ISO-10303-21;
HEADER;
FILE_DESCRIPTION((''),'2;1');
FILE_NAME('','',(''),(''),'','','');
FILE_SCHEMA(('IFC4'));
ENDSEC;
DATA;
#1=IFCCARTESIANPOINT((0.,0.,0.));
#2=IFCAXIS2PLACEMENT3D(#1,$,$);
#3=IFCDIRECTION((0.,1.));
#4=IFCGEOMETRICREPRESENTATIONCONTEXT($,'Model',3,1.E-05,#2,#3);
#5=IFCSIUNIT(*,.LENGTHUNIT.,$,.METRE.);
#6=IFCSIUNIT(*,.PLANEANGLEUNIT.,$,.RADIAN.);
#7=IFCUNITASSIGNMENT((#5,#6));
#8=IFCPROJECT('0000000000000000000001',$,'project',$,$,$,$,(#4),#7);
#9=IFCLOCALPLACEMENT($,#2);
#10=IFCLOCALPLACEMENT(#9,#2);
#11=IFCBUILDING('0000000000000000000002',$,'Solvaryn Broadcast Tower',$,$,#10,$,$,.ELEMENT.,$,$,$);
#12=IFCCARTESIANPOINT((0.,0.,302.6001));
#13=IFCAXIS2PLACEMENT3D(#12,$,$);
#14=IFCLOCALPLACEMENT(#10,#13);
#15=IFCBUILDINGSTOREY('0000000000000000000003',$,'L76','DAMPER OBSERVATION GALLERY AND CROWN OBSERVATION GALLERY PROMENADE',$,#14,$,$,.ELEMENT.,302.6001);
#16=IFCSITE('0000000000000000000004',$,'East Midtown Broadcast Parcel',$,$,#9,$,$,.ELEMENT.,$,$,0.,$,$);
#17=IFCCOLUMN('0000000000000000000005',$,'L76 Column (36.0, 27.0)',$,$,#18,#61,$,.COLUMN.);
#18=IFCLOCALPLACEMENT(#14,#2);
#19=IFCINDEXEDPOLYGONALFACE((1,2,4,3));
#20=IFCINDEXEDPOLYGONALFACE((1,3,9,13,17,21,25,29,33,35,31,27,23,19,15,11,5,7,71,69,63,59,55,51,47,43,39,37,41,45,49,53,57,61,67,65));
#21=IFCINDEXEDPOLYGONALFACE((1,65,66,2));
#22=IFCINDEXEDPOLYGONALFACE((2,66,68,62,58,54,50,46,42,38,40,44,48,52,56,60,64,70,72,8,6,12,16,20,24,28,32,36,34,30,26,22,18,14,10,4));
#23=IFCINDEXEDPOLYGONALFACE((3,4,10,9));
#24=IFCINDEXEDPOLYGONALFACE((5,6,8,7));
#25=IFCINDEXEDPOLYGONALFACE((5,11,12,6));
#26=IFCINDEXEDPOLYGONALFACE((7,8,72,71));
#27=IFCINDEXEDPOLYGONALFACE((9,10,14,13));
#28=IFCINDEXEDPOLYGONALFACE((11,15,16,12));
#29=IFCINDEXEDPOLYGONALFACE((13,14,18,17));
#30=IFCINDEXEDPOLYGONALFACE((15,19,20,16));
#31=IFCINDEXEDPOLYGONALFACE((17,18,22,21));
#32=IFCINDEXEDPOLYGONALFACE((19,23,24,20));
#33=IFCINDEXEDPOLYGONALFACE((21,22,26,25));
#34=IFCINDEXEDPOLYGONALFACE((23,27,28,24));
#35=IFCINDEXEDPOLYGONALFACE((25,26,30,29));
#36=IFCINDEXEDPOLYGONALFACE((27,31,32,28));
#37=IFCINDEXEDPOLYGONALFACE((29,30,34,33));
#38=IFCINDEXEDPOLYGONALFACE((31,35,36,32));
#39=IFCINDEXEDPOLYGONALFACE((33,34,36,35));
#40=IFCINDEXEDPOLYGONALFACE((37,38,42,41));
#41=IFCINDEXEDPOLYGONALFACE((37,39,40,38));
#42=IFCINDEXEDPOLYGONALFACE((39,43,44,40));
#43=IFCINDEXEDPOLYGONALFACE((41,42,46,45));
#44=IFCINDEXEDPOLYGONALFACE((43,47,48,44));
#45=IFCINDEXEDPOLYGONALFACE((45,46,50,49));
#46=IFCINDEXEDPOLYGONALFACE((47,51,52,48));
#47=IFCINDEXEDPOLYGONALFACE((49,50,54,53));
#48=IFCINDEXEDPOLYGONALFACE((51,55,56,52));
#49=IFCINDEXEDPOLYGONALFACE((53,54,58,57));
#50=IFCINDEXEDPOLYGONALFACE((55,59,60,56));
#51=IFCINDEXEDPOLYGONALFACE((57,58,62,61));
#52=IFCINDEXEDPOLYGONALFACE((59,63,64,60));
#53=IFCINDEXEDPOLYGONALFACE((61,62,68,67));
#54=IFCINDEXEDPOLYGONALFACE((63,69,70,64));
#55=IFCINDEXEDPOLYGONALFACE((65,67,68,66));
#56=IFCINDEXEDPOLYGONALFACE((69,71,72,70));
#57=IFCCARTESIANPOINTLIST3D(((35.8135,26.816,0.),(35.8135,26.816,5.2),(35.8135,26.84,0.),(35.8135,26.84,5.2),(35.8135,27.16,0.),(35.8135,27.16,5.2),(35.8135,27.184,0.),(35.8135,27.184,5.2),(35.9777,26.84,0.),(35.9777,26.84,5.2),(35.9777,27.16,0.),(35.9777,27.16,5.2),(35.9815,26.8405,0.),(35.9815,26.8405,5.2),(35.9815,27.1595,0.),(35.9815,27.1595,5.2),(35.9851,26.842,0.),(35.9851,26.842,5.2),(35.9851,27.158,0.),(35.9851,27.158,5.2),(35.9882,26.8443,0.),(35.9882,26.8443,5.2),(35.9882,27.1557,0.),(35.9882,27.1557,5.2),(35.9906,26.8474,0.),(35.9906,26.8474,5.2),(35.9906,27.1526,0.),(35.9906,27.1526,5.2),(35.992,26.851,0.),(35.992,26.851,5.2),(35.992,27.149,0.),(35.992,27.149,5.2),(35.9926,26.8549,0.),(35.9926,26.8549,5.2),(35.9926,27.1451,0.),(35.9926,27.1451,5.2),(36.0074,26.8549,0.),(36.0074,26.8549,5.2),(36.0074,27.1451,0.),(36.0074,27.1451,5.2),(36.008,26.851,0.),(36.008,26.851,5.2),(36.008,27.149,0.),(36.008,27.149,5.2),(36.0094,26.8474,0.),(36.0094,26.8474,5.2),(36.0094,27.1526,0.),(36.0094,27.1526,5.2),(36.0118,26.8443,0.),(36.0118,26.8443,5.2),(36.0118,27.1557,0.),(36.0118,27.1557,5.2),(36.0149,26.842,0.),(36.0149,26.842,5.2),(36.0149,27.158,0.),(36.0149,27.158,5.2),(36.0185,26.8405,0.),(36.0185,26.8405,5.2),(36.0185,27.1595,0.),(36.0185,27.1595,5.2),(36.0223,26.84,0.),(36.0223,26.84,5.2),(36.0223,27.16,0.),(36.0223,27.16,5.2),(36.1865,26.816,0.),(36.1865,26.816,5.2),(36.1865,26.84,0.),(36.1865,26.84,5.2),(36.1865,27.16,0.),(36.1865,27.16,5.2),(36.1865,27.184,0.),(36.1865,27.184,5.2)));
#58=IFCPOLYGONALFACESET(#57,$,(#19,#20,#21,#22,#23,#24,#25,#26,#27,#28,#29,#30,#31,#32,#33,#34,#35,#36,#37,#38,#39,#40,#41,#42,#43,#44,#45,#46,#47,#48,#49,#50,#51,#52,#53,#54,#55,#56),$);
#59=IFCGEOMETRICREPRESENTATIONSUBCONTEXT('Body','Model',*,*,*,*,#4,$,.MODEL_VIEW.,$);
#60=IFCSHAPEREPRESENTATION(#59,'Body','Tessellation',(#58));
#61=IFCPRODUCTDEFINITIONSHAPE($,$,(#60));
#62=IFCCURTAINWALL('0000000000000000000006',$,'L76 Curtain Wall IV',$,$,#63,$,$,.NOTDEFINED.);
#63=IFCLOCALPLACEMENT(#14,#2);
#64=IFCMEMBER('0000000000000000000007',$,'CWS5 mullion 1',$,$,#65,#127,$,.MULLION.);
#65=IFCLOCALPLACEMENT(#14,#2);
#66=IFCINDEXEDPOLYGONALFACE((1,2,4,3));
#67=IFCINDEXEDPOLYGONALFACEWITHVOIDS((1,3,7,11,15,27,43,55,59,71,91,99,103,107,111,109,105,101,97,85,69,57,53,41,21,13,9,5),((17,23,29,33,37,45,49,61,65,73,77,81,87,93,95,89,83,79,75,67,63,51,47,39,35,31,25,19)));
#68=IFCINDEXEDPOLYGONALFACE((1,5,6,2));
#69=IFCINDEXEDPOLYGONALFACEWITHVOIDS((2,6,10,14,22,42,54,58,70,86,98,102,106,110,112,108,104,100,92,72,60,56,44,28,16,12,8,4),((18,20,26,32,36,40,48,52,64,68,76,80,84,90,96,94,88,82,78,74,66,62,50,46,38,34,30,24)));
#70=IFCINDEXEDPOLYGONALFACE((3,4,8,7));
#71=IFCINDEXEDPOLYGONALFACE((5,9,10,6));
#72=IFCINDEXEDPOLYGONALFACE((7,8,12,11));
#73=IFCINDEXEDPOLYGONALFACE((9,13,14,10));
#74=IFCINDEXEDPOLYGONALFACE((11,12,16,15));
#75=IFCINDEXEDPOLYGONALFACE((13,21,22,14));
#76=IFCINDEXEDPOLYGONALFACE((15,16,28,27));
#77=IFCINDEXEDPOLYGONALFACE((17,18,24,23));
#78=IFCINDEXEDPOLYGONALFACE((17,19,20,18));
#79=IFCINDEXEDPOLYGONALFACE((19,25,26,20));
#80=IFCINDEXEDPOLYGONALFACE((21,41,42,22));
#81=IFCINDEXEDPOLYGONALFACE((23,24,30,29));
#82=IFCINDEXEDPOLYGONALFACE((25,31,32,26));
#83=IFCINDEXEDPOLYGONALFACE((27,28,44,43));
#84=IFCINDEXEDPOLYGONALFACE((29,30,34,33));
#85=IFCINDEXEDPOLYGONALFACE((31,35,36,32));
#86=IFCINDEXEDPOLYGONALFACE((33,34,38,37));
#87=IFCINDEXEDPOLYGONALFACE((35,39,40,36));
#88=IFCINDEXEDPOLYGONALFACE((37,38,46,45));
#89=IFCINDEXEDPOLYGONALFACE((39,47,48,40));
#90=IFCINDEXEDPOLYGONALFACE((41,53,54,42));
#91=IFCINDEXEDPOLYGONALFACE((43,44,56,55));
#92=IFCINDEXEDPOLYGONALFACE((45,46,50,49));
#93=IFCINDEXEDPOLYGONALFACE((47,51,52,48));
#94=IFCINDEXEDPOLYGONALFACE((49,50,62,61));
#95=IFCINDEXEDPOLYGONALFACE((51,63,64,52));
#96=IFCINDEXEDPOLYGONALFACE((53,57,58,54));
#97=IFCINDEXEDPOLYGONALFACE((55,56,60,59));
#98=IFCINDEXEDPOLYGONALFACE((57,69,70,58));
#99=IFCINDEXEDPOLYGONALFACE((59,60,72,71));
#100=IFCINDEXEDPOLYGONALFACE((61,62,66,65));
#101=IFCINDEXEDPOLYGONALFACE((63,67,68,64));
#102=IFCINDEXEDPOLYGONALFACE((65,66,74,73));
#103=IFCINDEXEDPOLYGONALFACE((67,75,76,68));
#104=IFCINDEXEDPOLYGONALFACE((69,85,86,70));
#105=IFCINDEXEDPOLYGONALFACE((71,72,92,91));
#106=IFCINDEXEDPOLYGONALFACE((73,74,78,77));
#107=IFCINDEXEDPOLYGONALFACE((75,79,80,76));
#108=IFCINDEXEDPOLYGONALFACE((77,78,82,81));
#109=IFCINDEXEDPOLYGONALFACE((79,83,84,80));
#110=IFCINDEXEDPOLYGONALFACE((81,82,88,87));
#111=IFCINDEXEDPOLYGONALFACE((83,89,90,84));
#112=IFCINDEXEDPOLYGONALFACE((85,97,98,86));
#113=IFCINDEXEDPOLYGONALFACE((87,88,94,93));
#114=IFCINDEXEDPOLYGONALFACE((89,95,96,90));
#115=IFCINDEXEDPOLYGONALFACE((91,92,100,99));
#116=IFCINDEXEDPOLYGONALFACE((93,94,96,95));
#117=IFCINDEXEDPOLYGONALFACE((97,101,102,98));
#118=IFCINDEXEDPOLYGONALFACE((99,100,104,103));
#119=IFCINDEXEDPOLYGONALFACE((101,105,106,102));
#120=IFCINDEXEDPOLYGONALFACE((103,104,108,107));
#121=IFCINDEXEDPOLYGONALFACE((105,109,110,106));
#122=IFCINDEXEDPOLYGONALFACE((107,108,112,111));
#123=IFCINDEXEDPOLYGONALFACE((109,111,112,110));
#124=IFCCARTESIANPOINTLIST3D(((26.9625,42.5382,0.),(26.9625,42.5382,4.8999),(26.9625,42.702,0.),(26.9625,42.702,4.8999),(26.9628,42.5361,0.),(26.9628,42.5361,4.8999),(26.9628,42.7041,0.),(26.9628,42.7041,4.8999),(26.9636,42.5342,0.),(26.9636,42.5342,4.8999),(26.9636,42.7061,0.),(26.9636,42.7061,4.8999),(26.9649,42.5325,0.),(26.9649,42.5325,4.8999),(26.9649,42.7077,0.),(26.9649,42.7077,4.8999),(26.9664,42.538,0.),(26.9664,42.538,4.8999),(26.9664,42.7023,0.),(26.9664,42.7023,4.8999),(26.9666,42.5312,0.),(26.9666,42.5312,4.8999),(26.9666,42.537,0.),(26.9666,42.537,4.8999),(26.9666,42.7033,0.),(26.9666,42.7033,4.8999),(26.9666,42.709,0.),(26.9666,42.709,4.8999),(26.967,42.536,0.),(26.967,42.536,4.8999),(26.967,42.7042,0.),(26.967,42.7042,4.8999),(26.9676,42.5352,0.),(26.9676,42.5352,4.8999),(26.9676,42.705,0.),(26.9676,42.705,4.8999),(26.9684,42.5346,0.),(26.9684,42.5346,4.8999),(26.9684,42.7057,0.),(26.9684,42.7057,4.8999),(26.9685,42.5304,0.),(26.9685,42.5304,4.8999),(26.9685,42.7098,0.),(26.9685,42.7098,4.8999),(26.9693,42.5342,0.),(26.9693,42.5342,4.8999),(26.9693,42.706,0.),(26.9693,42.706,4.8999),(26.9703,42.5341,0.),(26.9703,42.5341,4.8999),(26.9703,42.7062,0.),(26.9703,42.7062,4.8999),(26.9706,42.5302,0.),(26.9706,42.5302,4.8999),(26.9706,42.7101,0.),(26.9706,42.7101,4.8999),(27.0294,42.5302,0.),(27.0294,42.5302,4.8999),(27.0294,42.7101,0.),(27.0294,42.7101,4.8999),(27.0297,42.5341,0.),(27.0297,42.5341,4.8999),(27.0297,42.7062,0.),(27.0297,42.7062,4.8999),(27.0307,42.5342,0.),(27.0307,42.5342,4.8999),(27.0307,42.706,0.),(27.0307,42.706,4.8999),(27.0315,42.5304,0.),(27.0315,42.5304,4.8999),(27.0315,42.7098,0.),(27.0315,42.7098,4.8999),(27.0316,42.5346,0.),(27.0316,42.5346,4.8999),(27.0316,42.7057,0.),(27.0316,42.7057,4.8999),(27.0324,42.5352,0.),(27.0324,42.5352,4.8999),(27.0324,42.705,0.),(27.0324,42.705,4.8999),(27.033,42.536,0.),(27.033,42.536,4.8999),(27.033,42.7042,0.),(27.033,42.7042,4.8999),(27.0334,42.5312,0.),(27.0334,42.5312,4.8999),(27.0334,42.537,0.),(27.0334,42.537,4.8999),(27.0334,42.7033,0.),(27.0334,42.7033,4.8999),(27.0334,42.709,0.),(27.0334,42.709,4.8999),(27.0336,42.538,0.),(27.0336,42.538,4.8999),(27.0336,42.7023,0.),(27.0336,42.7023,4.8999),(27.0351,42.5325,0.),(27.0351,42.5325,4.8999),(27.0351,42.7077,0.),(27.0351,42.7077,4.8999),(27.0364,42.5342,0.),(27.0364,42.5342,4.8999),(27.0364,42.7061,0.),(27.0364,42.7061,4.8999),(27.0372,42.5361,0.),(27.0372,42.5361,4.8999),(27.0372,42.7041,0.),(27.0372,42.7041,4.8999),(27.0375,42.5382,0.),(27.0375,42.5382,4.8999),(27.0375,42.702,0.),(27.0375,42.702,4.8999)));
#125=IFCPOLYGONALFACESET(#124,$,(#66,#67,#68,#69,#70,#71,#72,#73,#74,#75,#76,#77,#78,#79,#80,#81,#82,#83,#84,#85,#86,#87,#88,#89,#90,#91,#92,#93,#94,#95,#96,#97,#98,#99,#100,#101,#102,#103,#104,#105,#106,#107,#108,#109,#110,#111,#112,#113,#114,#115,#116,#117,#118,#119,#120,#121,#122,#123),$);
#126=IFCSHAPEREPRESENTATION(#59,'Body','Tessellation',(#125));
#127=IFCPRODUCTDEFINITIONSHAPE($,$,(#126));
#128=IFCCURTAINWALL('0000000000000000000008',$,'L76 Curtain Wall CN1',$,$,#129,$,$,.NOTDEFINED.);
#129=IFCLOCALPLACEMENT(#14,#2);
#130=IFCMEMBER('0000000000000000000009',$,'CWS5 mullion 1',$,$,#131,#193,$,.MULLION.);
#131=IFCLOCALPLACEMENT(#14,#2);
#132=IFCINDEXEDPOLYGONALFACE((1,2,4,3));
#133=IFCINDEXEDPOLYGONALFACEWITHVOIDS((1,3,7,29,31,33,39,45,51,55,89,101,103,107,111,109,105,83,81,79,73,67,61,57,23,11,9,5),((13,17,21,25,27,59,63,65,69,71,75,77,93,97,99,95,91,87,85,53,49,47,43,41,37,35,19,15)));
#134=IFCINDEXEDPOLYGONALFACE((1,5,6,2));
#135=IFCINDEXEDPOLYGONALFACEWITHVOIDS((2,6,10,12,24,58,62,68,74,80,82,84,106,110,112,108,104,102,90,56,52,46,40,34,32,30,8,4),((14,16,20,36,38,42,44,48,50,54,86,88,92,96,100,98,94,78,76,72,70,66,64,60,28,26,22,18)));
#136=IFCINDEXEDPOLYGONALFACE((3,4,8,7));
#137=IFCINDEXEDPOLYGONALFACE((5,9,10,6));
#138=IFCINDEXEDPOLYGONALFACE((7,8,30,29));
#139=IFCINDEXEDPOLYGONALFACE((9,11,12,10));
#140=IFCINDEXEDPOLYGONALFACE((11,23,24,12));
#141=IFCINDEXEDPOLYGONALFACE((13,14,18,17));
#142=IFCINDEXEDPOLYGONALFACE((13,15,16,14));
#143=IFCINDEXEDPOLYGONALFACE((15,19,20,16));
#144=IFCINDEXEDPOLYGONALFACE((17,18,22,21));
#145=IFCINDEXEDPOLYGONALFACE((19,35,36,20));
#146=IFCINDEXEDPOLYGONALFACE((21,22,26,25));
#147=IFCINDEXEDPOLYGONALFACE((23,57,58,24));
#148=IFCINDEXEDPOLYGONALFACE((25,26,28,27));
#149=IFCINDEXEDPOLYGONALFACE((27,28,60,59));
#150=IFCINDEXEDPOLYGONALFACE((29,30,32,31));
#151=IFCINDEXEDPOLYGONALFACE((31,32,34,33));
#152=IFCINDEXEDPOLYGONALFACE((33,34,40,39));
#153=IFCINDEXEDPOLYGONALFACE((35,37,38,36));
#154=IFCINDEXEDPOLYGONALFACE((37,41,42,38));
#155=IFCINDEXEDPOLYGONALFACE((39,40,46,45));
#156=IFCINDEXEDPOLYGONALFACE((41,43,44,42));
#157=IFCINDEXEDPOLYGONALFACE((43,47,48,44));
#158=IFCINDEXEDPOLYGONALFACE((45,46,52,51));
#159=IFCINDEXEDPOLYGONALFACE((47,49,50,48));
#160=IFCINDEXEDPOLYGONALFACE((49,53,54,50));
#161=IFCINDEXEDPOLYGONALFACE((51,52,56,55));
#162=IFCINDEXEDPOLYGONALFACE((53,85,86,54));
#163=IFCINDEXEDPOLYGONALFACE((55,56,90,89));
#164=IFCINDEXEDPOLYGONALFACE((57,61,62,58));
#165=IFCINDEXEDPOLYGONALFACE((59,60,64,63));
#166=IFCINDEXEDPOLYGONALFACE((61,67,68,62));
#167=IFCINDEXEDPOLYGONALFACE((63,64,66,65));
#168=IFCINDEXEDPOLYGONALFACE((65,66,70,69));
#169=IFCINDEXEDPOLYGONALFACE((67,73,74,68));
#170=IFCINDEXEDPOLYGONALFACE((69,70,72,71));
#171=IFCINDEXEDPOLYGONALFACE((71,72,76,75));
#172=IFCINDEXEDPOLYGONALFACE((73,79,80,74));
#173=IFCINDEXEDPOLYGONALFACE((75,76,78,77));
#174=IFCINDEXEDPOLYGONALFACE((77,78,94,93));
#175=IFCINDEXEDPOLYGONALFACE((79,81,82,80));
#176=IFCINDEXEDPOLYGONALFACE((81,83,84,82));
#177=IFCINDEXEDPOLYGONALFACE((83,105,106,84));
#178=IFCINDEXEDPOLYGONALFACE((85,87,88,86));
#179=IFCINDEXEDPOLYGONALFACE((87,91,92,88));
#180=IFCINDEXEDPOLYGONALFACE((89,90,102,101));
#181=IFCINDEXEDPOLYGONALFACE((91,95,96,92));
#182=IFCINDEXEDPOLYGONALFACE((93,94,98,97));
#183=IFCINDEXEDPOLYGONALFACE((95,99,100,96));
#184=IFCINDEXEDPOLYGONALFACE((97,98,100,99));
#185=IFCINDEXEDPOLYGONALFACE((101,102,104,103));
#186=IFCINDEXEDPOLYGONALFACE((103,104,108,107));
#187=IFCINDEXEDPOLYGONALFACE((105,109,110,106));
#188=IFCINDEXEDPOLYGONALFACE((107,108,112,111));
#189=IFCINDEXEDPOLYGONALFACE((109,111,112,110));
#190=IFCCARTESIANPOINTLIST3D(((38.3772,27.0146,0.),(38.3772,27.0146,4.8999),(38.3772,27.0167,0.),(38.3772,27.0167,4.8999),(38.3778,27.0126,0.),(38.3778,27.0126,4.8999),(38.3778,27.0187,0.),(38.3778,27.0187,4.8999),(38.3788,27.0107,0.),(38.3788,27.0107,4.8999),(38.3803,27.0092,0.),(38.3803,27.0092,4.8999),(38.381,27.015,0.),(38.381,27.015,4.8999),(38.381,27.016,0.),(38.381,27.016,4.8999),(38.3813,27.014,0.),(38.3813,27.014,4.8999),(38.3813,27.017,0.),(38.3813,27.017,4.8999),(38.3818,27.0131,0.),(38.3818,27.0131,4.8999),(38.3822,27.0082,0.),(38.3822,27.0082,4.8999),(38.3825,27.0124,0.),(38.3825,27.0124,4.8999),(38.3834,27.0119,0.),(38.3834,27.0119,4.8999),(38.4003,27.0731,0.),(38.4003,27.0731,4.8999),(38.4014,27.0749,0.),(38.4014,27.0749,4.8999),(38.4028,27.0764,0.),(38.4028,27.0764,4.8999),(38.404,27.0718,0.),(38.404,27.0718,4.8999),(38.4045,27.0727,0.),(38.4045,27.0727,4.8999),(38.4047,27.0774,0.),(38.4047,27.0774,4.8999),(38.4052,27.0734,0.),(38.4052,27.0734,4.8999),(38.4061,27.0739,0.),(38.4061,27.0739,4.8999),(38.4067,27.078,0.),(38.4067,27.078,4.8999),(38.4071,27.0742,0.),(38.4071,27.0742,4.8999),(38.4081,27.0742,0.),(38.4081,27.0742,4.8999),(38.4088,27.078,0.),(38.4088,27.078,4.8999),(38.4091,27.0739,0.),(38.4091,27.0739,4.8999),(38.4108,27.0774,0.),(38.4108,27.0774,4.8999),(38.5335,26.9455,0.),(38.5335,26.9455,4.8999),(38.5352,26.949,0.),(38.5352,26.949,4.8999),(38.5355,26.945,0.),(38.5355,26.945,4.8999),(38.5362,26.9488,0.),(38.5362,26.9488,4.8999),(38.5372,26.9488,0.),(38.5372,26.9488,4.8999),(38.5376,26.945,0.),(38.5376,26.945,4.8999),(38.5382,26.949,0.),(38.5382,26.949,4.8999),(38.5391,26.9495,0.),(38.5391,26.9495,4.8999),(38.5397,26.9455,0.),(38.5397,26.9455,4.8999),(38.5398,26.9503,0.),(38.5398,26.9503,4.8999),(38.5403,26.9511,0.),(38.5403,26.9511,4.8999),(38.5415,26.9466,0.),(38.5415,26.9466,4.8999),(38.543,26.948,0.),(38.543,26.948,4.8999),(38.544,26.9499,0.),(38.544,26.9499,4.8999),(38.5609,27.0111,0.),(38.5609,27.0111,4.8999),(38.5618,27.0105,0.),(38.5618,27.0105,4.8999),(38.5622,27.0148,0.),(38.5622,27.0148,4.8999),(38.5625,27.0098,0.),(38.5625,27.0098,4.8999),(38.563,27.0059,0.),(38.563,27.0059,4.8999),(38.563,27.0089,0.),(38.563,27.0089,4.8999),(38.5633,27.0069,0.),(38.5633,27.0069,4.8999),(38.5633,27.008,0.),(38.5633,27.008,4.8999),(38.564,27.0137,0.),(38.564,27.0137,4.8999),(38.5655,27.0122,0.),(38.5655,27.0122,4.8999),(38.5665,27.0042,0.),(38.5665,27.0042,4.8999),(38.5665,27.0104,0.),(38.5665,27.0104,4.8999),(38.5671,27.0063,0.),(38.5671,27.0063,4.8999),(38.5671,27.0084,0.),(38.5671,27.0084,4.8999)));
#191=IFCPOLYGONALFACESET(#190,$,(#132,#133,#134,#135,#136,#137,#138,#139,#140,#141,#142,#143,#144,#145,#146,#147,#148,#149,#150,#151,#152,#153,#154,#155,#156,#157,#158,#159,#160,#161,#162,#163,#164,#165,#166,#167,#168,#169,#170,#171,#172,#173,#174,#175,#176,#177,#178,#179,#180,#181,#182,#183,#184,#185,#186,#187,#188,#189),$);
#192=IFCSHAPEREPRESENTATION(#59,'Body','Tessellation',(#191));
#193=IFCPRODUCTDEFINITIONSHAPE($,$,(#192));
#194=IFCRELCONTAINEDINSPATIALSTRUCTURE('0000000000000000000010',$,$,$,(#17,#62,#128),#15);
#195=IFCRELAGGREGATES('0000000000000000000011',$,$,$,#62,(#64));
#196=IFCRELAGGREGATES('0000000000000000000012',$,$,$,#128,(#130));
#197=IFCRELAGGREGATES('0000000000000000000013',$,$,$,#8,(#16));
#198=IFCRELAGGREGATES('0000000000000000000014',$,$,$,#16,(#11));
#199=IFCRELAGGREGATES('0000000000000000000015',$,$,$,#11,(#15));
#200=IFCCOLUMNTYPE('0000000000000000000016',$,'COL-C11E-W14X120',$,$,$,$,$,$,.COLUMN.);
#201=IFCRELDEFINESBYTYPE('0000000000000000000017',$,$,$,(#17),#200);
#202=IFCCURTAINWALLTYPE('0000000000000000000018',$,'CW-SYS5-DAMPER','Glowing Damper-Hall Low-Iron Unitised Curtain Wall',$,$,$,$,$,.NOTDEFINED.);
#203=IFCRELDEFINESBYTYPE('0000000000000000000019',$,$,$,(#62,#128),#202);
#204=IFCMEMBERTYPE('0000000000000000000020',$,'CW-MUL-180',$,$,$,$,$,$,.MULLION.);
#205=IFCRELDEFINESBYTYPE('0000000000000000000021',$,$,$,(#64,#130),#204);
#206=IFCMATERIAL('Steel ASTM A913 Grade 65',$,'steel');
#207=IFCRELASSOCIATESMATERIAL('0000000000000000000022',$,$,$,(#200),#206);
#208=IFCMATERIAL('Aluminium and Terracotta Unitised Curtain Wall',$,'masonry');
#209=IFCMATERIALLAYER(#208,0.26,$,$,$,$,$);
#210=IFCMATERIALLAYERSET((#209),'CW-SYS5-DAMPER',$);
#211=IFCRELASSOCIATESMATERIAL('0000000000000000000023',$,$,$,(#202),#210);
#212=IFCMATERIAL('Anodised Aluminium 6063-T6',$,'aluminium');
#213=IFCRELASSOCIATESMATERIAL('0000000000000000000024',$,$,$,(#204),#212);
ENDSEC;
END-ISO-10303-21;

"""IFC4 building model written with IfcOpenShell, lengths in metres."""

from ifc_helpers import new_model, si_unit, direction, frame, origin, origin_2d, place, context, subcontext, project, spatial, hollow_rectangle, i_section, extrude, material, layer, layer_set, material_profile, profile_set, type_object, element, aggregate, save


model = new_model("IFC4")

# Units and contexts
model_context = context("Model", 3, precision=1e-05, world=origin(), true_north=direction((0.0, 1.0)))
body_context = subcontext(model_context, "Body", "Model", "MODEL_VIEW")
ifc_project = project(units=[si_unit("LENGTHUNIT", "METRE"), si_unit("PLANEANGLEUNIT", "RADIAN")], contexts=[model_context])

# Site, building, storey
site_placement = place(None, origin())
site = spatial("IfcSite", under=ifc_project, at=site_placement, Name="East Midtown Broadcast Parcel", CompositionType="ELEMENT", RefElevation=0.0)
building_placement = place(site_placement, origin())
building = spatial("IfcBuilding", under=site, at=building_placement, Name="Solvaryn Broadcast Tower", CompositionType="ELEMENT")
storey_placement = place(building_placement, frame((0.0, 0.0, 302.6001)))
storey = spatial("IfcBuildingStorey", under=building, at=storey_placement, Name="L76", Description="DAMPER OBSERVATION GALLERY AND CROWN OBSERVATION GALLERY PROMENADE", CompositionType="ELEMENT", Elevation=302.6001)

# Column
ifc_material_1 = material(Name="Steel ASTM A913 Grade 65", Category="steel")
ifc_material_profile_1 = material_profile(ifc_material_1, i_section(OverallWidth=0.373, OverallDepth=0.3679, WebThickness=0.0149, FlangeThickness=0.0239, FilletRadius=0.0149, at=origin_2d()))
ifc_profile_set_1 = profile_set([ifc_material_profile_1], Name="Steel ASTM A913 Grade 65")
column_type = type_object("IfcColumnType", Name="COL-C11E-W14X120", PredefinedType="COLUMN", material=ifc_profile_set_1)
column_placement = place(storey_placement, frame((36.0, 27.0, 0.0), z_axis=(0.0, 0.0, 1.0), x_axis=(1.0, 0.0, 0.0)))
element("IfcColumn", 1, at=column_placement, inside=storey, type_object=column_type, Name="L76 Column (36.0, 27.0)", PredefinedType="COLUMN", context=body_context, shape_type="SweptSolid", body=[
    extrude(i_section(OverallWidth=0.373, OverallDepth=0.3679, WebThickness=0.0149, FlangeThickness=0.0239, FilletRadius=0.0149, at=origin_2d()), origin(), (0.0, 0.0, 1.0), 5.2),
])

# Curtain wall, member
ifc_material_2 = material(Name="Aluminium and Terracotta Unitised Curtain Wall", Category="masonry")
ifc_layer_1 = layer(ifc_material_2, 0.26)
ifc_layer_set_1 = layer_set([ifc_layer_1], Name="CW-SYS5-DAMPER")
curtain_wall_type = type_object("IfcCurtainWallType", Name="CW-SYS5-DAMPER", Description="Glowing Damper-Hall Low-Iron Unitised Curtain Wall", PredefinedType="NOTDEFINED", material=ifc_layer_set_1)
curtain_wall_1_placement = place(storey_placement, origin())
curtain_wall_1 = element("IfcCurtainWall", 2, at=curtain_wall_1_placement, inside=storey, type_object=curtain_wall_type, Name="L76 Curtain Wall IV", PredefinedType="NOTDEFINED")
ifc_material_3 = material(Name="Anodised Aluminium 6063-T6", Category="aluminium")
ifc_material_profile_2 = material_profile(ifc_material_3, hollow_rectangle(XDim=0.075, YDim=0.1799, WallThickness=0.0039, InnerFilletRadius=0.0039, OuterFilletRadius=0.0081, at=origin_2d()))
ifc_profile_set_2 = profile_set([ifc_material_profile_2], Name="Anodised Aluminium 6063-T6")
member_type_1 = type_object("IfcMemberType", Name="CW-MUL-180", PredefinedType="MULLION", material=ifc_profile_set_2)
member_1_placement = place(storey_placement, frame((27.0, 42.6201, 0.0), z_axis=(0.0, 0.0, 1.0), x_axis=(1.0, 0.0, 0.0)))
member_1 = element("IfcMember", 3, at=member_1_placement, type_object=member_type_1, Name="CWS5 mullion 1", PredefinedType="MULLION", context=body_context, shape_type="SweptSolid", body=[
    extrude(hollow_rectangle(XDim=0.075, YDim=0.1799, WallThickness=0.0039, InnerFilletRadius=0.0039, OuterFilletRadius=0.0081, at=origin_2d()), origin(), (0.0, 0.0, 1.0), 4.8999),
])
aggregate(curtain_wall_1, [member_1])

# Curtain wall, member
curtain_wall_2_placement = place(storey_placement, origin())
curtain_wall_2 = element("IfcCurtainWall", 4, at=curtain_wall_2_placement, inside=storey, type_object=curtain_wall_type, Name="L76 Curtain Wall CN1", PredefinedType="NOTDEFINED")
member_2_placement = place(storey_placement, frame((38.4722, 27.0115, 0.0), z_axis=(0.0, 0.0, 1.0), x_axis=(-0.382646, -0.923895, 0.0)))
member_2 = element("IfcMember", 5, at=member_2_placement, type_object=member_type_1, Name="CWS5 mullion 1", PredefinedType="MULLION", context=body_context, shape_type="SweptSolid", body=[
    extrude(hollow_rectangle(XDim=0.075, YDim=0.1799, WallThickness=0.0039, InnerFilletRadius=0.0039, OuterFilletRadius=0.0081, at=origin_2d()), origin(), (0.0, 0.0, 1.0), 4.8999),
])

aggregate(curtain_wall_2, [member_2])

save(model, "model.ifc")
